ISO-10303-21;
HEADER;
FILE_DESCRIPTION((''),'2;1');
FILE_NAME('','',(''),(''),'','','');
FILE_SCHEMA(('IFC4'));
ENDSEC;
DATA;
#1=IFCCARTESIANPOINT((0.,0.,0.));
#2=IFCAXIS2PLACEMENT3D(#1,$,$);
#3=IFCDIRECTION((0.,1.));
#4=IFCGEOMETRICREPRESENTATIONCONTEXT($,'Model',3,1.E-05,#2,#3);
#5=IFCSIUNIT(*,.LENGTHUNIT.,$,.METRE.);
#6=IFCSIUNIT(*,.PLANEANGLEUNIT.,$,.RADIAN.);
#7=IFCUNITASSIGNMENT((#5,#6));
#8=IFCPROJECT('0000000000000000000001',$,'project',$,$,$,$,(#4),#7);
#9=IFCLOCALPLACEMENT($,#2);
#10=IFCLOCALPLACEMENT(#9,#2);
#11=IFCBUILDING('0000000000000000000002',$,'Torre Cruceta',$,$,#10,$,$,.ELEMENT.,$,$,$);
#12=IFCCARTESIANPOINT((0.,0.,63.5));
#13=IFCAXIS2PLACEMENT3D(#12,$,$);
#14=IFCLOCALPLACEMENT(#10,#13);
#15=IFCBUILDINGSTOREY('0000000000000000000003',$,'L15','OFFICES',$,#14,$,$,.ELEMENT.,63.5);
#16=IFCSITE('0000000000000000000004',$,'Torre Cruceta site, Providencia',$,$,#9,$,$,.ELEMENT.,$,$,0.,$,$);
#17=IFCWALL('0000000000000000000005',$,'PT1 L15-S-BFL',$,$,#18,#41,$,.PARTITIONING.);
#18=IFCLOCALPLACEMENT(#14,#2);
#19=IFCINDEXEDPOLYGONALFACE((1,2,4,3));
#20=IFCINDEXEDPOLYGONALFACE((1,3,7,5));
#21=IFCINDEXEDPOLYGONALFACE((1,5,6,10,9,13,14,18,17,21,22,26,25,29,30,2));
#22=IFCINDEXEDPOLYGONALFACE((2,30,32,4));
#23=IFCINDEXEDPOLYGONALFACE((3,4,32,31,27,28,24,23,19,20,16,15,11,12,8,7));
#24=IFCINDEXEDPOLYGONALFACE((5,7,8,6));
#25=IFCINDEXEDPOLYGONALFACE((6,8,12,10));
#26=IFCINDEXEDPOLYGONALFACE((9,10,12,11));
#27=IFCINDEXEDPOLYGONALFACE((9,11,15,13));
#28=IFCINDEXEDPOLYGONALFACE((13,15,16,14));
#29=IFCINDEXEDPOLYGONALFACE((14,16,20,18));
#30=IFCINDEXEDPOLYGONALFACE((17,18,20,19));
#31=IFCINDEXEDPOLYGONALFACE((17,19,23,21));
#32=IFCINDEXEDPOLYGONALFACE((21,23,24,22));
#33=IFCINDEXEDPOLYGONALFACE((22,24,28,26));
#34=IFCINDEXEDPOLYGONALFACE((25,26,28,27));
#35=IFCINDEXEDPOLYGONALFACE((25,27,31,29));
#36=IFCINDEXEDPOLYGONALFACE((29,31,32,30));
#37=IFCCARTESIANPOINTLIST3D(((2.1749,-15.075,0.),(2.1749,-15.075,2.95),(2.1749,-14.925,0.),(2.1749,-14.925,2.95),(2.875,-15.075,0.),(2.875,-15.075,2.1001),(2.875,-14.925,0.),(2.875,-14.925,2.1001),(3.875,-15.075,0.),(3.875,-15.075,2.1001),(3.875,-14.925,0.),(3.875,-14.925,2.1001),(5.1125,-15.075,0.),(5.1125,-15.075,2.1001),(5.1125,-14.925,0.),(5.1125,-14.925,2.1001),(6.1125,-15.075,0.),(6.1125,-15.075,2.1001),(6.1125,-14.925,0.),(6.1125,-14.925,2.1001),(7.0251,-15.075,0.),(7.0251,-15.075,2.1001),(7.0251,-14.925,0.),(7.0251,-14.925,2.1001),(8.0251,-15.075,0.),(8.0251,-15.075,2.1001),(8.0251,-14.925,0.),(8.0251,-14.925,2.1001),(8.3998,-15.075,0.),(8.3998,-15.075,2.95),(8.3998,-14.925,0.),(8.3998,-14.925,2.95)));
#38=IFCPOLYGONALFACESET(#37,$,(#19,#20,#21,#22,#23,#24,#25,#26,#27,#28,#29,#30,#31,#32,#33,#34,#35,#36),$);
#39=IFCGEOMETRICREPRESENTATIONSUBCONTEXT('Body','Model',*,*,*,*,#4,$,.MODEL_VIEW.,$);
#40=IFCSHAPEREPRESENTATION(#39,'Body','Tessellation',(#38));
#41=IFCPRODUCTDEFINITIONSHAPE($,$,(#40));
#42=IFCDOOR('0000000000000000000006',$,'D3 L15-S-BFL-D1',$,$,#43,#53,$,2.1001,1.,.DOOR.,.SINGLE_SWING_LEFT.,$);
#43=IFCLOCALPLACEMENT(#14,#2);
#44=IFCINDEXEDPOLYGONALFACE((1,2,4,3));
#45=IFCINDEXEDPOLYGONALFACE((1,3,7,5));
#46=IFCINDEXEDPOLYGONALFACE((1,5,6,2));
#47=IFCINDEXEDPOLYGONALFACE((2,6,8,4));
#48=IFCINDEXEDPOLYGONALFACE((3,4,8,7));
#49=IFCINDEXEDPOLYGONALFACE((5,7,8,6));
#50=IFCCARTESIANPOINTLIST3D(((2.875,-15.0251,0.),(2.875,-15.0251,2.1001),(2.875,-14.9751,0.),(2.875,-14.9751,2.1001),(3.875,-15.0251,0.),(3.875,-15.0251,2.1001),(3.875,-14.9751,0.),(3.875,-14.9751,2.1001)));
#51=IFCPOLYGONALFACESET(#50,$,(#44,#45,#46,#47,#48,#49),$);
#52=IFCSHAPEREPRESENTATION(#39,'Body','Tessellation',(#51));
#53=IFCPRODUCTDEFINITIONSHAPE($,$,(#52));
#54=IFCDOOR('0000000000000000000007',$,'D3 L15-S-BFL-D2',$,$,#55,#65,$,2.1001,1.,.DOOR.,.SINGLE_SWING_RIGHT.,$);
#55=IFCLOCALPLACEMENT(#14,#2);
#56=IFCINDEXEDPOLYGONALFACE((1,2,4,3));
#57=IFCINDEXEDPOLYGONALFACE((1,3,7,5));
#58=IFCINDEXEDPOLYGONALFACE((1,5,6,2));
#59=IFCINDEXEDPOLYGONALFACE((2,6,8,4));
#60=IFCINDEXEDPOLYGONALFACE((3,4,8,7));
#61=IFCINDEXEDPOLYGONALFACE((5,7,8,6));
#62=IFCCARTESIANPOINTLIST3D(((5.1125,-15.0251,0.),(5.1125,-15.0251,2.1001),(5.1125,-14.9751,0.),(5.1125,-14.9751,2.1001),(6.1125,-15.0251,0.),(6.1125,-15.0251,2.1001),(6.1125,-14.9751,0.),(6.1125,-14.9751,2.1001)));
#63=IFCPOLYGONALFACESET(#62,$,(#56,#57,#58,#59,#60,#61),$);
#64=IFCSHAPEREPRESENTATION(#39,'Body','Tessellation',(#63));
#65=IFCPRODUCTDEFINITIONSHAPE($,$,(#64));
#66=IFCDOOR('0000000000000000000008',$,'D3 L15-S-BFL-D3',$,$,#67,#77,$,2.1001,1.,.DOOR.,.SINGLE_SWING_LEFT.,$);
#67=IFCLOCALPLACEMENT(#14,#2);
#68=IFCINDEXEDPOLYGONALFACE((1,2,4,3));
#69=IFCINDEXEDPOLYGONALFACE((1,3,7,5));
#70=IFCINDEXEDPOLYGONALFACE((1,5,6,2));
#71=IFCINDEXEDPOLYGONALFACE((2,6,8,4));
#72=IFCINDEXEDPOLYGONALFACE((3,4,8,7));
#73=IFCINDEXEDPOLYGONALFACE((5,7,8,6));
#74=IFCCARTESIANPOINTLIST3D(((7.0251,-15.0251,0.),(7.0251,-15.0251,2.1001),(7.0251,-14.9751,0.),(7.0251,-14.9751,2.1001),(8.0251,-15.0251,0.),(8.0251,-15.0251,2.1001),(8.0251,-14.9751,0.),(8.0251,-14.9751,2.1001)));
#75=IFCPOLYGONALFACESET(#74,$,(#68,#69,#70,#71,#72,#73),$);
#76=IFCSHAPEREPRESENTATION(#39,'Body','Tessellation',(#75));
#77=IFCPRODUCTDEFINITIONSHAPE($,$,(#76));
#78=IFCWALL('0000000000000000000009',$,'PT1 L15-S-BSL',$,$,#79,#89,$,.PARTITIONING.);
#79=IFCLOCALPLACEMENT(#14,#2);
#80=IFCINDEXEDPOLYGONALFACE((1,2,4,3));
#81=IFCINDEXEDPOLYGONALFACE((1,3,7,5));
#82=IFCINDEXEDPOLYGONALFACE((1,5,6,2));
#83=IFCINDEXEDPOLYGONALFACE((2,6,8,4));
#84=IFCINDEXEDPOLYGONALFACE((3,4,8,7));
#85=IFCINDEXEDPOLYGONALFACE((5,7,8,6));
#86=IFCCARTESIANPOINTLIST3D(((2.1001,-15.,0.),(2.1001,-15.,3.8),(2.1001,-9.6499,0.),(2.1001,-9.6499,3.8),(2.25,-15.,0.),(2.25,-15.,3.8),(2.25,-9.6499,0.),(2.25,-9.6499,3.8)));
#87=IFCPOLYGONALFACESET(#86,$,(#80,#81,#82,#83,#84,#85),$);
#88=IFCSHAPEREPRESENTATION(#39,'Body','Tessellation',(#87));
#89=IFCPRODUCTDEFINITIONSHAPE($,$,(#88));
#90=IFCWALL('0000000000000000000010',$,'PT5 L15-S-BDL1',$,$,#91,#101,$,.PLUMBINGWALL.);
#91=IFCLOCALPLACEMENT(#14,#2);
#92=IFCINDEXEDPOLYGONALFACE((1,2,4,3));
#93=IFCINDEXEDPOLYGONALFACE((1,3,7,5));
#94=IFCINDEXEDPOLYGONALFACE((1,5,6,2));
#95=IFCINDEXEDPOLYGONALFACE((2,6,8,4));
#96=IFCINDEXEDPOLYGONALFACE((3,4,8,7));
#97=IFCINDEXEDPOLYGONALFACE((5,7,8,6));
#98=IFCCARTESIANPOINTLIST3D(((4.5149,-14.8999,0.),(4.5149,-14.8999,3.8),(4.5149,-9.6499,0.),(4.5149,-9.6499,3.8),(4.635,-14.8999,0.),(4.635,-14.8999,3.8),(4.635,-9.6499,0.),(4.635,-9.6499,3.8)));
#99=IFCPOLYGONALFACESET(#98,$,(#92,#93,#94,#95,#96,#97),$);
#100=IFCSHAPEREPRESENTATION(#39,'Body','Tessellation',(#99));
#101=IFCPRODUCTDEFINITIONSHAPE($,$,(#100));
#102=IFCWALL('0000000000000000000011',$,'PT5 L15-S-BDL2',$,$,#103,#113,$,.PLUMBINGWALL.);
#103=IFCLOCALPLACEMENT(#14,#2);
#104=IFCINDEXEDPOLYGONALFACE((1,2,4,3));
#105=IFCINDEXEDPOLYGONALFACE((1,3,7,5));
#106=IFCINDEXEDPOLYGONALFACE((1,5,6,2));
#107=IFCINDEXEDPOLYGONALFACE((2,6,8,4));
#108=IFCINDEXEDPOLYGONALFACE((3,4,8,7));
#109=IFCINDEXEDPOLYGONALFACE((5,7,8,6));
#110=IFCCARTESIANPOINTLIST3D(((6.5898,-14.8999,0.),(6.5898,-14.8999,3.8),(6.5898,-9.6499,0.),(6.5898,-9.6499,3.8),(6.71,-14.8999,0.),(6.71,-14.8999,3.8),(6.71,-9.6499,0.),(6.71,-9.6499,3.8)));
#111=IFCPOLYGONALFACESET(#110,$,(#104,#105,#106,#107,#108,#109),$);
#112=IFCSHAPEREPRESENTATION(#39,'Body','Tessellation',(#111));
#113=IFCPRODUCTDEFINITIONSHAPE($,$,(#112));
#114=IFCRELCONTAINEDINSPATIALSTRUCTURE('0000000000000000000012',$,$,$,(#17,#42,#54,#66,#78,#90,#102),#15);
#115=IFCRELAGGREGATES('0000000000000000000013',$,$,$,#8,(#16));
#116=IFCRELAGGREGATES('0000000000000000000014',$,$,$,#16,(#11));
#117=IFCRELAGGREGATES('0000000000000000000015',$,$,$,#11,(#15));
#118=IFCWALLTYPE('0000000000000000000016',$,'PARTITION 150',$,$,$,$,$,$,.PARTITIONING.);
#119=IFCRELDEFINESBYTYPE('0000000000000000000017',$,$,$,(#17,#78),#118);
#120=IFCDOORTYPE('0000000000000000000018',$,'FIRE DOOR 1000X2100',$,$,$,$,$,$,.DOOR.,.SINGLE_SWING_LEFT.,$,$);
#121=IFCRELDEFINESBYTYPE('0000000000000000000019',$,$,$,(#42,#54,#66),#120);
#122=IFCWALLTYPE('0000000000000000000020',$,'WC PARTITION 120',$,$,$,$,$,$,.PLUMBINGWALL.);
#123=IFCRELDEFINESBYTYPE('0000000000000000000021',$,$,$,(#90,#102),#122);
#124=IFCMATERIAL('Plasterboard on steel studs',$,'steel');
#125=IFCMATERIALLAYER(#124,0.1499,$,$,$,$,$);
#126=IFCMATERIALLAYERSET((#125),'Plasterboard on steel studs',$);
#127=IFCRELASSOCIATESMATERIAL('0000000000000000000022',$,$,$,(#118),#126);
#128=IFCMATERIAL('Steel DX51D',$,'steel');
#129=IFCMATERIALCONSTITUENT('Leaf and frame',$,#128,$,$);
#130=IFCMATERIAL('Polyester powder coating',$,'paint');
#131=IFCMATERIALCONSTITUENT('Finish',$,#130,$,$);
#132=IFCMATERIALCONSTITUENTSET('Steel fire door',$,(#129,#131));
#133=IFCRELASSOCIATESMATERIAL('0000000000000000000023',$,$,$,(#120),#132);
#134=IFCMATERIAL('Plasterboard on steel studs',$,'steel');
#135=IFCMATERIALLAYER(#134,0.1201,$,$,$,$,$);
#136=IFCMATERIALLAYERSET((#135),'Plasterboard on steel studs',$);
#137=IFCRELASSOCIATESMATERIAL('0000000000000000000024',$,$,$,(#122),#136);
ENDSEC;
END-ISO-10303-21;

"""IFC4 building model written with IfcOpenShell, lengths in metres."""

from ifc_helpers import new_model, si_unit, direction, frame, frame_2d, origin, place, context, subcontext, project, spatial, rectangle, extrude, material, layer, layer_set, constituent, constituent_set, type_object, element, fill, save


model = new_model("IFC4")

# Units and contexts
model_context = context("Model", 3, precision=1e-05, world=origin(), true_north=direction((0.0, 1.0)))
body_context = subcontext(model_context, "Body", "Model", "MODEL_VIEW")
ifc_project = project(units=[si_unit("LENGTHUNIT", "METRE"), si_unit("PLANEANGLEUNIT", "RADIAN")], contexts=[model_context])

# Site, building, storey
site_placement = place(None, origin())
site = spatial("IfcSite", under=ifc_project, at=site_placement, Name="Torre Cruceta site, Providencia", CompositionType="ELEMENT", RefElevation=0.0)
building_placement = place(site_placement, origin())
building = spatial("IfcBuilding", under=site, at=building_placement, Name="Torre Cruceta", CompositionType="ELEMENT")
storey_placement = place(building_placement, frame((0.0, 0.0, 63.5)))
storey = spatial("IfcBuildingStorey", under=building, at=storey_placement, Name="L15", Description="OFFICES", CompositionType="ELEMENT", Elevation=63.5)

# Wall, openings, doors
ifc_material_1 = material(Name="Plasterboard on steel studs", Category="steel")
ifc_layer_1 = layer(ifc_material_1, 0.1499)
ifc_layer_set_1 = layer_set([ifc_layer_1], Name="Plasterboard on steel studs")
wall_type_1 = type_object("IfcWallType", Name="PARTITION 150", PredefinedType="PARTITIONING", material=ifc_layer_set_1)
wall_1_placement = place(storey_placement, frame((2.175, -15.0, 0.0), z_axis=(0.0, 0.0, 1.0), x_axis=(1.0, 0.0, 0.0)))
wall_1 = element("IfcWall", 1, at=wall_1_placement, inside=storey, type_object=wall_type_1, Name="PT1 L15-S-BFL", PredefinedType="PARTITIONING", context=body_context, shape_type="SweptSolid", body=[
    extrude(rectangle(XDim=6.2249, YDim=0.1499, at=frame_2d((3.1123, 0.0))), origin(), (0.0, 0.0, 1.0), 2.95),
])
opening_1_placement = place(wall_1_placement, frame((0.7, 0.0, 0.0)))
opening_1 = element("IfcOpeningElement", 2, at=opening_1_placement, cuts=wall_1, PredefinedType="OPENING", context=body_context, shape_type="SweptSolid", body=[
    extrude(rectangle(XDim=1.0, YDim=2.1001, at=frame_2d((0.5, 1.05))), frame((0.0, 0.085, 0.0), z_axis=(0.0, -1.0, 0.0), x_axis=(1.0, 0.0, 0.0)), (0.0, 0.0, 1.0), 0.1699),
])
opening_2_placement = place(wall_1_placement, frame((2.9375, 0.0, 0.0)))
opening_2 = element("IfcOpeningElement", 3, at=opening_2_placement, cuts=wall_1, PredefinedType="OPENING", context=body_context, shape_type="SweptSolid", body=[
    extrude(rectangle(XDim=1.0, YDim=2.1001, at=frame_2d((0.5, 1.05))), frame((0.0, 0.085, 0.0), z_axis=(0.0, -1.0, 0.0), x_axis=(1.0, 0.0, 0.0)), (0.0, 0.0, 1.0), 0.1699),
])
opening_3_placement = place(wall_1_placement, frame((4.8501, 0.0, 0.0)))
opening_3 = element("IfcOpeningElement", 4, at=opening_3_placement, cuts=wall_1, PredefinedType="OPENING", context=body_context, shape_type="SweptSolid", body=[
    extrude(rectangle(XDim=1.0, YDim=2.1001, at=frame_2d((0.5, 1.05))), frame((0.0, 0.085, 0.0), z_axis=(0.0, -1.0, 0.0), x_axis=(1.0, 0.0, 0.0)), (0.0, 0.0, 1.0), 0.1699),
])
ifc_material_2 = material(Name="Steel DX51D", Category="steel")
ifc_constituent_1 = constituent(ifc_material_2, Name="Leaf and frame")
ifc_material_3 = material(Name="Polyester powder coating", Category="paint")
ifc_constituent_2 = constituent(ifc_material_3, Name="Finish")
ifc_constituent_set_1 = constituent_set(constituents=[ifc_constituent_1, ifc_constituent_2], Name="Steel fire door")
door_type = type_object("IfcDoorType", Name="FIRE DOOR 1000X2100", OperationType="SINGLE_SWING_LEFT", PredefinedType="DOOR", material=ifc_constituent_set_1)
door_1_placement = place(opening_1_placement, origin())
door_1 = element("IfcDoor", 5, at=door_1_placement, inside=storey, type_object=door_type, Name="D3 L15-S-BFL-D1", OperationType="SINGLE_SWING_LEFT", OverallHeight=2.1001, OverallWidth=1.0, PredefinedType="DOOR", context=body_context, shape_type="SweptSolid", body=[
    extrude(rectangle(XDim=1.0, YDim=2.1001, at=frame_2d((0.5, 1.05))), frame((0.0, 0.0249, 0.0), z_axis=(0.0, -1.0, 0.0), x_axis=(1.0, 0.0, 0.0)), (0.0, 0.0, 1.0), 0.05),
])
fill(opening_1, door_1)
door_2_placement = place(opening_2_placement, origin())
door_2 = element("IfcDoor", 6, at=door_2_placement, inside=storey, type_object=door_type, Name="D3 L15-S-BFL-D2", OperationType="SINGLE_SWING_RIGHT", OverallHeight=2.1001, OverallWidth=1.0, PredefinedType="DOOR", context=body_context, shape_type="SweptSolid", body=[
    extrude(rectangle(XDim=1.0, YDim=2.1001, at=frame_2d((0.5, 1.05))), frame((0.0, 0.0249, 0.0), z_axis=(0.0, -1.0, 0.0), x_axis=(1.0, 0.0, 0.0)), (0.0, 0.0, 1.0), 0.05),
])
fill(opening_2, door_2)
door_3_placement = place(opening_3_placement, origin())
door_3 = element("IfcDoor", 7, at=door_3_placement, inside=storey, type_object=door_type, Name="D3 L15-S-BFL-D3", OperationType="SINGLE_SWING_LEFT", OverallHeight=2.1001, OverallWidth=1.0, PredefinedType="DOOR", context=body_context, shape_type="SweptSolid", body=[
    extrude(rectangle(XDim=1.0, YDim=2.1001, at=frame_2d((0.5, 1.05))), frame((0.0, 0.0249, 0.0), z_axis=(0.0, -1.0, 0.0), x_axis=(1.0, 0.0, 0.0)), (0.0, 0.0, 1.0), 0.05),
])
fill(opening_3, door_3)

# Walls
wall_2_placement = place(storey_placement, frame((2.175, -9.6499, 0.0), z_axis=(0.0, 0.0, 1.0), x_axis=(0.0, -1.0, 0.0)))
element("IfcWall", 8, at=wall_2_placement, inside=storey, type_object=wall_type_1, Name="PT1 L15-S-BSL", PredefinedType="PARTITIONING", context=body_context, shape_type="SweptSolid", body=[
    extrude(rectangle(XDim=5.3501, YDim=0.1499, at=frame_2d((2.675, 0.0))), origin(), (0.0, 0.0, 1.0), 3.8),
])
ifc_material_4 = material(Name="Plasterboard on steel studs", Category="steel")
ifc_layer_2 = layer(ifc_material_4, 0.1201)
ifc_layer_set_2 = layer_set([ifc_layer_2], Name="Plasterboard on steel studs")
wall_type_2 = type_object("IfcWallType", Name="WC PARTITION 120", PredefinedType="PLUMBINGWALL", material=ifc_layer_set_2)
for number, where, z_axis, x_axis, name in (
    (9, (4.575, -9.6499, 0.0), (0.0, 0.0, 1.0), (0.0, -1.0, 0.0), "PT5 L15-S-BDL1"),
    (10, (6.6499, -9.6499, 0.0), (0.0, 0.0, 1.0), (0.0, -1.0, 0.0), "PT5 L15-S-BDL2"),
):
    element("IfcWall", number, at=place(storey_placement, frame(where, z_axis=z_axis, x_axis=x_axis)), inside=storey, type_object=wall_type_2, Name=name, PredefinedType="PLUMBINGWALL", context=body_context, shape_type="SweptSolid", body=[
        extrude(rectangle(XDim=5.25, YDim=0.1201, at=frame_2d((2.625, 0.0))), origin(), (0.0, 0.0, 1.0), 3.8),
    ])

save(model, "model.ifc")
